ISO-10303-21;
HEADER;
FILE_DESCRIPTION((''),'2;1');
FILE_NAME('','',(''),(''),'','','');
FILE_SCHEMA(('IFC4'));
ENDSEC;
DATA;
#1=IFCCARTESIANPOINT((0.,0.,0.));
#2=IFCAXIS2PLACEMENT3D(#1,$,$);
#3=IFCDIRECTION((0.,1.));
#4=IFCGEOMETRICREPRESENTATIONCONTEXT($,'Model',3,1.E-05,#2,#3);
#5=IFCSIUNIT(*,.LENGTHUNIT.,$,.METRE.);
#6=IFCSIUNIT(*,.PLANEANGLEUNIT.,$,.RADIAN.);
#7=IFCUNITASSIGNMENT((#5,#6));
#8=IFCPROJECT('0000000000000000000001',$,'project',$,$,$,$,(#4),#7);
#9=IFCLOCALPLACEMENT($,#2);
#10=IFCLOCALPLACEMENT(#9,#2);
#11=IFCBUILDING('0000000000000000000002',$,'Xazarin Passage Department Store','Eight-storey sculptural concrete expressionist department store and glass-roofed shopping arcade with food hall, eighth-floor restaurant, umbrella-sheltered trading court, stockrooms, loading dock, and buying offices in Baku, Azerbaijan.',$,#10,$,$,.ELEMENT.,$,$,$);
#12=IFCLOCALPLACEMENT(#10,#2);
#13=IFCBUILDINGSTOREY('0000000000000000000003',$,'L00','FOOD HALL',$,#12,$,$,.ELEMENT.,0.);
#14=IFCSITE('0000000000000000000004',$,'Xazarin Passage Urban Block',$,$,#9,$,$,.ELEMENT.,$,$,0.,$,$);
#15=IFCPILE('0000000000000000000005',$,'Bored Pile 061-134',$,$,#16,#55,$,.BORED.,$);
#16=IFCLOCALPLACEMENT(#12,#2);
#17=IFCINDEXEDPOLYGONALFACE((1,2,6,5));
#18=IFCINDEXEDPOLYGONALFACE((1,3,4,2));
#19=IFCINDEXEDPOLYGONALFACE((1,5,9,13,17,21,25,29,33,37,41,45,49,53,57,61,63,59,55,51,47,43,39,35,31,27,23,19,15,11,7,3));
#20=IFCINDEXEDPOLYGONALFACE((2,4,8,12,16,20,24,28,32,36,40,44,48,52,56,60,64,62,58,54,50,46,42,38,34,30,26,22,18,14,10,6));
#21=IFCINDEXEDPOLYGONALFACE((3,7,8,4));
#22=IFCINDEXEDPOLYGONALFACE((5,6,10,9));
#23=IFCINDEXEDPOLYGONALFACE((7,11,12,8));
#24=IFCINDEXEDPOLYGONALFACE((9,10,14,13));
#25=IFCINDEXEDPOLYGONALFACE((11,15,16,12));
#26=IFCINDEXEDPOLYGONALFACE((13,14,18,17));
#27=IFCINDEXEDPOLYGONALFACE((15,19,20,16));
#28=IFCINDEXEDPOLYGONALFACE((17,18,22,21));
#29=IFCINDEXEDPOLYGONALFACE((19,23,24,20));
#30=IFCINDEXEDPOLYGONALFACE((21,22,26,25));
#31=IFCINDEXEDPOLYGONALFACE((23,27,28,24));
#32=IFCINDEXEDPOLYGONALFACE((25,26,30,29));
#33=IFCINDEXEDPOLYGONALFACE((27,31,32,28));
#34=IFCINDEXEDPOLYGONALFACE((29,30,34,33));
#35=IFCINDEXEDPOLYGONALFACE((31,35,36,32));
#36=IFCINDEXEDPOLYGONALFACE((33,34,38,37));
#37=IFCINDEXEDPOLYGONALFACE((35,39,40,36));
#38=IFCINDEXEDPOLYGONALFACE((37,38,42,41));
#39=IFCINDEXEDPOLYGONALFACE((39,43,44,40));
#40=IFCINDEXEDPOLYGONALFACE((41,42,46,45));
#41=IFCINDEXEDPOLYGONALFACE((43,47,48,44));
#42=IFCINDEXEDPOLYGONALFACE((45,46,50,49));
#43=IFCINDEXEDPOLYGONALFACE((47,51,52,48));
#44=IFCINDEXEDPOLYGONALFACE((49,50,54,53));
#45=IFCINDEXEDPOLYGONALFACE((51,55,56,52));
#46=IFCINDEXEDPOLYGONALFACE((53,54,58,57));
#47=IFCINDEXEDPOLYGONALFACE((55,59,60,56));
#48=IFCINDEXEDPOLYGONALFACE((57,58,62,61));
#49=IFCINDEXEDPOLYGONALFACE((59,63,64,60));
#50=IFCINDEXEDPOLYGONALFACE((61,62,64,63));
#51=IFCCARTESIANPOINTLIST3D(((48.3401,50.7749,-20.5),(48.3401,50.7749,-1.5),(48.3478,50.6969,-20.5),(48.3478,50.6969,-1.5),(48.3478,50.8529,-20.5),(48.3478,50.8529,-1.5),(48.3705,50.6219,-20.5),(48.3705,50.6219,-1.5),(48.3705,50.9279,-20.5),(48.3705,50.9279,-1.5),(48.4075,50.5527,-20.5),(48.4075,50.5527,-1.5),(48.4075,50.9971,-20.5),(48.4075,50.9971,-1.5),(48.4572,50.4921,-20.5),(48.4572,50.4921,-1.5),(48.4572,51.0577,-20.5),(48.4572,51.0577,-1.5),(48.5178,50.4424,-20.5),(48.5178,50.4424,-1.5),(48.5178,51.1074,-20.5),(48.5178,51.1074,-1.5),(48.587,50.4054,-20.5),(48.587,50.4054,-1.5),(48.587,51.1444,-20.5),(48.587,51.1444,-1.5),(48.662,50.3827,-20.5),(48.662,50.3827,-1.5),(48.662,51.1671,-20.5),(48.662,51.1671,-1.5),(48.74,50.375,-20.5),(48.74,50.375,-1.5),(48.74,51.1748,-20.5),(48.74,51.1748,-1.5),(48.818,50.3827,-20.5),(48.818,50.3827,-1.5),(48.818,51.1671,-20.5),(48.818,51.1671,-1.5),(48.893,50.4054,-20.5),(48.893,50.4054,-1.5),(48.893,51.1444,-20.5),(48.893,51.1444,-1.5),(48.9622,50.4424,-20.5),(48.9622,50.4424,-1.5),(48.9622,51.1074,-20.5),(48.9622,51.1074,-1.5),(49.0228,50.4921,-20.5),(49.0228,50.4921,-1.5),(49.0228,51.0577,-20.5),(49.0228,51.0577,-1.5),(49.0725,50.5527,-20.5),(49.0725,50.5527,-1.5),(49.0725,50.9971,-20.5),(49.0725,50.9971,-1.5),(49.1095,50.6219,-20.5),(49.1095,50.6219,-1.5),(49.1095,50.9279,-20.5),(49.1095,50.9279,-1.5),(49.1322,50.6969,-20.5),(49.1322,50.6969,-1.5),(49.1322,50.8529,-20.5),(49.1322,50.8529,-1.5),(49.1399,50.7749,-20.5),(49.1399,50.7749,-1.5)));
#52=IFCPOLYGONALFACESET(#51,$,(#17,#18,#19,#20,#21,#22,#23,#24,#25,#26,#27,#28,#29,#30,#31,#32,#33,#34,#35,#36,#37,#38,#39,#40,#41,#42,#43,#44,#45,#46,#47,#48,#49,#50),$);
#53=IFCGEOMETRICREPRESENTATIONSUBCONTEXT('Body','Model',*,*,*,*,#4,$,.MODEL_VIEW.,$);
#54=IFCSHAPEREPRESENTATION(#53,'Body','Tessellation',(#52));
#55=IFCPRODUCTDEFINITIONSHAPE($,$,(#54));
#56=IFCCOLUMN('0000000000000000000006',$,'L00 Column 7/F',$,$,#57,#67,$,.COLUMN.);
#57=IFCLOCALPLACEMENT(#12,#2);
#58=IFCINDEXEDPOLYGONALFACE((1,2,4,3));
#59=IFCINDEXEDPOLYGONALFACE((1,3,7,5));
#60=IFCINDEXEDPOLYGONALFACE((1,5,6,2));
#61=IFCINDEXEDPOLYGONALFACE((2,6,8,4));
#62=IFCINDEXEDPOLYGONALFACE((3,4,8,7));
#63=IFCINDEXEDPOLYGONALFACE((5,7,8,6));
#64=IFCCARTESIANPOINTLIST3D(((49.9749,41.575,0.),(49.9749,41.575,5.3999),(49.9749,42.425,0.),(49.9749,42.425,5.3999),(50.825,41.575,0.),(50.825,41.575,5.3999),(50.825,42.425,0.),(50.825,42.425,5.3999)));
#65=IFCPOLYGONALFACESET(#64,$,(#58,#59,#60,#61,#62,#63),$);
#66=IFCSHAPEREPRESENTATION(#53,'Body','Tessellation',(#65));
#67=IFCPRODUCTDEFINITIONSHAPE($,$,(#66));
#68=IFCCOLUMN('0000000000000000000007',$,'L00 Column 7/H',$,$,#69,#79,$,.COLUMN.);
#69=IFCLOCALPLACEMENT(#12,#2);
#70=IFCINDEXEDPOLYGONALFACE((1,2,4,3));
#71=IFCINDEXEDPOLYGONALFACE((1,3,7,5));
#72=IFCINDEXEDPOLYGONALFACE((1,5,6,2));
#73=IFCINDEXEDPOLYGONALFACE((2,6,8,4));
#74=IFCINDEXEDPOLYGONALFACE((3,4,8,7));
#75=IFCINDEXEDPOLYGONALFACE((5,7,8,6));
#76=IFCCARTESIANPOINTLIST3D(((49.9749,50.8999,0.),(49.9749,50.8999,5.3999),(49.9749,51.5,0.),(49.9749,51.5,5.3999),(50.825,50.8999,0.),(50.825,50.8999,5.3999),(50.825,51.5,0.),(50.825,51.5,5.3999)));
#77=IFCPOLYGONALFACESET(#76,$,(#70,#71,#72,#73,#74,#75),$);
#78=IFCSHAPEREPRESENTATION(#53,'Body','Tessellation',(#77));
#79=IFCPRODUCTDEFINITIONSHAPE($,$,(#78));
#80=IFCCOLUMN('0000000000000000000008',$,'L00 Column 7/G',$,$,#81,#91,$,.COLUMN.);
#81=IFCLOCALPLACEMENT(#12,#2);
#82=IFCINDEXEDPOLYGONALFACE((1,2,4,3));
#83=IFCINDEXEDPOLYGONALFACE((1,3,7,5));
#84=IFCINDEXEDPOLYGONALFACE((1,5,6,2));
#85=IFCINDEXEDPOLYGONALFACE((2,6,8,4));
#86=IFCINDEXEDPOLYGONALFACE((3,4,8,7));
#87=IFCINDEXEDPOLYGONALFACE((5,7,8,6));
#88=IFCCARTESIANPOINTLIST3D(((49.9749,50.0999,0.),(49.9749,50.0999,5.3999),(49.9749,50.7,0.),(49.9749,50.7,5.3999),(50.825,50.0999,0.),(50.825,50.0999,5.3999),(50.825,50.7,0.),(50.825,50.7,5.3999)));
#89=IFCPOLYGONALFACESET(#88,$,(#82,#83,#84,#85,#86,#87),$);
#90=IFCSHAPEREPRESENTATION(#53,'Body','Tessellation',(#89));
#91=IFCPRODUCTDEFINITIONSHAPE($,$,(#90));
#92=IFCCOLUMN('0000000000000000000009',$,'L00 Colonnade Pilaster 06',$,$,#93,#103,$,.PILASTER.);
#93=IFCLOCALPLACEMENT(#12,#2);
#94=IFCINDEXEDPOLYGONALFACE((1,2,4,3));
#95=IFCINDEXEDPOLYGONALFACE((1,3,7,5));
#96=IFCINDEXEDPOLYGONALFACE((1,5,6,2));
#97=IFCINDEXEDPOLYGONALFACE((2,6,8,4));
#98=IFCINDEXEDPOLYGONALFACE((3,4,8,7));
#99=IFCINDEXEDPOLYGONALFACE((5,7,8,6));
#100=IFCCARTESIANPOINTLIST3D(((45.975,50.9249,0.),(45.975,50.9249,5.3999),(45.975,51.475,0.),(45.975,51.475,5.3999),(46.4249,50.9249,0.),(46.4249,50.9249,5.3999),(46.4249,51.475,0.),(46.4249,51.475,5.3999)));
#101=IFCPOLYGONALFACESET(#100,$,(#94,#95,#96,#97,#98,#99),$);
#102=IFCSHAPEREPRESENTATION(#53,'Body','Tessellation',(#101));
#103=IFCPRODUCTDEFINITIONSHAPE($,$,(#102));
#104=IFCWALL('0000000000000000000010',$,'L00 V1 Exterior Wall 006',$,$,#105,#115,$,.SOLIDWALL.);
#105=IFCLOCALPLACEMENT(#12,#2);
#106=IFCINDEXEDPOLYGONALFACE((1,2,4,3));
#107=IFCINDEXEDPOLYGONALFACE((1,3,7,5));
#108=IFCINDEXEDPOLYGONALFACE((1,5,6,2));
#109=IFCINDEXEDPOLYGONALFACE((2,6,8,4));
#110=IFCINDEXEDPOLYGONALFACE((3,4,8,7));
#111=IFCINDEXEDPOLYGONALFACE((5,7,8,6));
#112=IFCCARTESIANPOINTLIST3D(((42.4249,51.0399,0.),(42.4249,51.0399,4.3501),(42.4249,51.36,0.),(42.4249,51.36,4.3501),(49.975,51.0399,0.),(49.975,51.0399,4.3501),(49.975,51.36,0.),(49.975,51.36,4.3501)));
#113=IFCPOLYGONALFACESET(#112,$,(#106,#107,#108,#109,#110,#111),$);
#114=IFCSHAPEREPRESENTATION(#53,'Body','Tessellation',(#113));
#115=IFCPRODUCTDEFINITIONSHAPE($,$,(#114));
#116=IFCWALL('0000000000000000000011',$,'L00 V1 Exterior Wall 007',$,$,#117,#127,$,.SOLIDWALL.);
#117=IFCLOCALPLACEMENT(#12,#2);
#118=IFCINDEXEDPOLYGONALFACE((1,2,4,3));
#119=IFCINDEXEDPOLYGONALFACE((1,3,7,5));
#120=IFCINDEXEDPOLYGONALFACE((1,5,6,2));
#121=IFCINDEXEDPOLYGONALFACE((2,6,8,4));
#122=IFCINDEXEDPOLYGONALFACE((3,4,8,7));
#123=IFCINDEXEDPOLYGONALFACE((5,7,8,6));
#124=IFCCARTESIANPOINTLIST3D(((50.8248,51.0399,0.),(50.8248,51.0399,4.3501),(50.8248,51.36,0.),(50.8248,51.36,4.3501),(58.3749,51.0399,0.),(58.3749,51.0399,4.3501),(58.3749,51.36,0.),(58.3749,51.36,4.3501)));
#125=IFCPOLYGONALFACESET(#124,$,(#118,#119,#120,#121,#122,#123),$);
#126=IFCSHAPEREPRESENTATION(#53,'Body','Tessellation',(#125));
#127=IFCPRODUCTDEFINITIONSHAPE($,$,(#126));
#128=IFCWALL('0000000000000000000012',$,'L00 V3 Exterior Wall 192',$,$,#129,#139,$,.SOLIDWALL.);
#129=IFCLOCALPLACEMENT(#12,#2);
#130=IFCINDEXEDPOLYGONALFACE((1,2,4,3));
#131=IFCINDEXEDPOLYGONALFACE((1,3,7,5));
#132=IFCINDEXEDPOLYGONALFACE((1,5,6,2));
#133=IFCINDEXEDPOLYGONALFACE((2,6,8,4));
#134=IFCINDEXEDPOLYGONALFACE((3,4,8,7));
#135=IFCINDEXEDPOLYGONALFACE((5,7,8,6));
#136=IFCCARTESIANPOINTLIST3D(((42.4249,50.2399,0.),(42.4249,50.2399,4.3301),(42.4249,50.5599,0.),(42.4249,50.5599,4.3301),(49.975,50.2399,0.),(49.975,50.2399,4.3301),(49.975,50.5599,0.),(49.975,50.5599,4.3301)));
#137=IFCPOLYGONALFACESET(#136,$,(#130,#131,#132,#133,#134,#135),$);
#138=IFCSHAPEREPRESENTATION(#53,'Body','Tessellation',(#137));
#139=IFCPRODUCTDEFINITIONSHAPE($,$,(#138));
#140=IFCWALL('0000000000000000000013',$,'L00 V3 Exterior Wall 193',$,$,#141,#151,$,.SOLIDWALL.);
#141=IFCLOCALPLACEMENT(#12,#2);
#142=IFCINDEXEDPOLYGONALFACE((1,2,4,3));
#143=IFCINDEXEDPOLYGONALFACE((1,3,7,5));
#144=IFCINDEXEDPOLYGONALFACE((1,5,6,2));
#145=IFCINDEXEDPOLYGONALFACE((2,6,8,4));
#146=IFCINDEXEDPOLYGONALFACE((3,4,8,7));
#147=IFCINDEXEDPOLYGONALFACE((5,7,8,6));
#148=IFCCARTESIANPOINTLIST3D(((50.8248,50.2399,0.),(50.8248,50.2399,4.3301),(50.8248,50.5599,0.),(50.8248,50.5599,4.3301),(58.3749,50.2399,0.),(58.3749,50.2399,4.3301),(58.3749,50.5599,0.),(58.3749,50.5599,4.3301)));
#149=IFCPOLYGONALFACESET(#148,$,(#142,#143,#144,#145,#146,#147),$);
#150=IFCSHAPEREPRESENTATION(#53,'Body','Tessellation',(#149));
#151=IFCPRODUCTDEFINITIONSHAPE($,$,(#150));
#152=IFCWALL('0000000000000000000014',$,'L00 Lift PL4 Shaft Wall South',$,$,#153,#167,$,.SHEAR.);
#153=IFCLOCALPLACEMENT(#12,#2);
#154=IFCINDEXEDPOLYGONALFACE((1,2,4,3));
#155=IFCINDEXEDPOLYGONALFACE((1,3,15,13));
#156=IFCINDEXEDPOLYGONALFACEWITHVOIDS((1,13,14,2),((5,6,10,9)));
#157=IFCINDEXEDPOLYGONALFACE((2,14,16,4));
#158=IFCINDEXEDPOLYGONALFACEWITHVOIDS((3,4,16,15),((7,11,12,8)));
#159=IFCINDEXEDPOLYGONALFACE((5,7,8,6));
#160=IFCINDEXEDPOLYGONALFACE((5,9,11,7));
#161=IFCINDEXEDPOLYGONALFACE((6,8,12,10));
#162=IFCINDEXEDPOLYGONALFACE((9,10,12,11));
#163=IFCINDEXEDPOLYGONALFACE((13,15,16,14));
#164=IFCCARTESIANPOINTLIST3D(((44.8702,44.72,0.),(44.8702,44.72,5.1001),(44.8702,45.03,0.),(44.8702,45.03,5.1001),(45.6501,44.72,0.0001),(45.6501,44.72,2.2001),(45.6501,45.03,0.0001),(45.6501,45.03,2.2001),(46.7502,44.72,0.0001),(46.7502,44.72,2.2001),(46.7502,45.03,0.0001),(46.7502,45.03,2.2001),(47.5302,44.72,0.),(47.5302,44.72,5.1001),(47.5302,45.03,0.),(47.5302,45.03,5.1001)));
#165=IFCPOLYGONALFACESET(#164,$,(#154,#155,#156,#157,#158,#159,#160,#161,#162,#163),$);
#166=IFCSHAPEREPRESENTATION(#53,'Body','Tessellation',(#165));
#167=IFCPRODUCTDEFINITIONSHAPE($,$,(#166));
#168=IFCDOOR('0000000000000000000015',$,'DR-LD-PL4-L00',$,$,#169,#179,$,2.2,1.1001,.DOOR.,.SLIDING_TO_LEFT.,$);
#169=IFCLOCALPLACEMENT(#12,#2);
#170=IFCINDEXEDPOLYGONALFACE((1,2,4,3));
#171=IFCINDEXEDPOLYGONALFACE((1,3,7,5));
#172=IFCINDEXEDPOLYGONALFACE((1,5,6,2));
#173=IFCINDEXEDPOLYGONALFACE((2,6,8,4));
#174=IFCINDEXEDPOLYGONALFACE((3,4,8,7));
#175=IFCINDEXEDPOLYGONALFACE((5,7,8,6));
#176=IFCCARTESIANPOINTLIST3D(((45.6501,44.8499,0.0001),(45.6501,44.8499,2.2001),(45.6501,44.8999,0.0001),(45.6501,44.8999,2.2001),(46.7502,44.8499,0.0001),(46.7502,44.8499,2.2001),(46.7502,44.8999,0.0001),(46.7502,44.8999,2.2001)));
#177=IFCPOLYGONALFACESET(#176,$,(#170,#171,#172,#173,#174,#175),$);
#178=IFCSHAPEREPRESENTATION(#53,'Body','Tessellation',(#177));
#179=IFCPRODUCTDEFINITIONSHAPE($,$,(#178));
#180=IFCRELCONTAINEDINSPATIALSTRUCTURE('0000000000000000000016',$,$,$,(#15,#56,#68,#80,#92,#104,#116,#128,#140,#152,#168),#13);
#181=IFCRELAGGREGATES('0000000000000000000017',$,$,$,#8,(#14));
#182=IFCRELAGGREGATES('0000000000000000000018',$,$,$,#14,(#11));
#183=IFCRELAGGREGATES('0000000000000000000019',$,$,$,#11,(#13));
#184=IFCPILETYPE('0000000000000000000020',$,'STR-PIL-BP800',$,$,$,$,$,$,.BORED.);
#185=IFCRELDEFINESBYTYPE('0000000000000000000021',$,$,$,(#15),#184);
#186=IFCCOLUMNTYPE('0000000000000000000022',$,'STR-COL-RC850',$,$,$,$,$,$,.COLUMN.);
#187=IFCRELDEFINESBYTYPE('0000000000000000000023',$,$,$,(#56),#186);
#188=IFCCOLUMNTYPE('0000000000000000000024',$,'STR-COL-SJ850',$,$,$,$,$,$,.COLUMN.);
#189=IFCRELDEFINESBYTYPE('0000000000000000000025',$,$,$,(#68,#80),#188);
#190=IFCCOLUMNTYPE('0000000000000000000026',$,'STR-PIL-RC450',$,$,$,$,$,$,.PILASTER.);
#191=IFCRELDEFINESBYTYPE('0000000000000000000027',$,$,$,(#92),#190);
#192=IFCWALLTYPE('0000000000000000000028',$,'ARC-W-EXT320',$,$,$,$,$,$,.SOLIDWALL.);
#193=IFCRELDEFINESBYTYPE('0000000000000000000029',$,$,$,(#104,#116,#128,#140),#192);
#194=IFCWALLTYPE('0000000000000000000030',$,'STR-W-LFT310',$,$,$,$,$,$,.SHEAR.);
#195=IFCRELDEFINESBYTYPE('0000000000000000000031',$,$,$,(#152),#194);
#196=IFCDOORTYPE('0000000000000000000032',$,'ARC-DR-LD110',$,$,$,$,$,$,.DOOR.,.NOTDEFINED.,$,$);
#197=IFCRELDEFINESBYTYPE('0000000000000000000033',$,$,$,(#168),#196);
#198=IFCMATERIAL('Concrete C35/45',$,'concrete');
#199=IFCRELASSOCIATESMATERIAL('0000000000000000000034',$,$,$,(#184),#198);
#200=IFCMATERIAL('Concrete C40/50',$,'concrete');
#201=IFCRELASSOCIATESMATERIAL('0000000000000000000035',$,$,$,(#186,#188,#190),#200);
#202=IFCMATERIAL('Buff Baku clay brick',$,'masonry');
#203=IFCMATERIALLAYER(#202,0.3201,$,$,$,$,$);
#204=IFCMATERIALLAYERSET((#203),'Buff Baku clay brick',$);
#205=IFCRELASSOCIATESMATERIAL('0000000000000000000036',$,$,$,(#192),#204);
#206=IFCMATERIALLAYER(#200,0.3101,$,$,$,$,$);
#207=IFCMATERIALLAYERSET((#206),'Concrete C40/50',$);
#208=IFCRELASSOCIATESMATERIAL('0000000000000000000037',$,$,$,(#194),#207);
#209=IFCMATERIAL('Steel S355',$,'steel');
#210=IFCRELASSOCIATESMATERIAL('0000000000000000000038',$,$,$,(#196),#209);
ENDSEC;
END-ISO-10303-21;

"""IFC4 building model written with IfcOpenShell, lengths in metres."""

from ifc_helpers import new_model, si_unit, direction, frame, frame_2d, origin, origin_2d, place, context, subcontext, project, spatial, rectangle, circle, extrude, material, layer, layer_set, material_profile, profile_set, type_object, element, fill, save


model = new_model("IFC4")

# Units and contexts
model_context = context("Model", 3, precision=1e-05, world=origin(), true_north=direction((0.0, 1.0)))
body_context = subcontext(model_context, "Body", "Model", "MODEL_VIEW")
ifc_project = project(units=[si_unit("LENGTHUNIT", "METRE"), si_unit("PLANEANGLEUNIT", "RADIAN")], contexts=[model_context])

# Site, building, storey
site_placement = place(None, origin())
site = spatial("IfcSite", under=ifc_project, at=site_placement, Name="Xazarin Passage Urban Block", CompositionType="ELEMENT", RefElevation=0.0)
building_placement = place(site_placement, origin())
building = spatial("IfcBuilding", under=site, at=building_placement, Name="Xazarin Passage Department Store", Description="Eight-storey sculptural concrete expressionist department store and glass-roofed shopping arcade with food hall, eighth-floor restaurant, umbrella-sheltered trading court, stockrooms, loading dock, and buying offices in Baku, Azerbaijan.", CompositionType="ELEMENT")
storey_placement = place(building_placement, origin())
storey = spatial("IfcBuildingStorey", under=building, at=storey_placement, Name="L00", Description="FOOD HALL", CompositionType="ELEMENT", Elevation=0.0)

# Pile
ifc_material_1 = material(Name="Concrete C35/45", Category="concrete")
ifc_material_profile_1 = material_profile(ifc_material_1, circle(Radius=0.3999, at=origin_2d()), Name="BP 800")
ifc_profile_set_1 = profile_set([ifc_material_profile_1], Name="Concrete C35/45")
pile_type_1 = type_object("IfcPileType", Name="STR-PIL-BP800", PredefinedType="BORED", material=ifc_profile_set_1)
for number, where, z_axis, x_axis, name in (
    (1, (48.74, 50.7749, -1.5), (0.0, 0.0, -1.0), (1.0, 0.0, 0.0), "Bored Pile 061-134"),
):
    element("IfcPile", number, at=place(storey_placement, frame(where, z_axis=z_axis, x_axis=x_axis)), inside=storey, type_object=pile_type_1, Name=name, PredefinedType="BORED", context=body_context, shape_type="SweptSolid", body=[
        extrude(circle(Radius=0.3999, at=origin_2d()), origin(), (0.0, 0.0, 1.0), 19.0),
    ])

# Columns
ifc_material_2 = material(Name="Concrete C40/50", Category="concrete")
ifc_material_profile_2 = material_profile(ifc_material_2, rectangle(XDim=0.8501, YDim=0.8501, at=origin_2d()), Name="RC 850x850")
ifc_profile_set_2 = profile_set([ifc_material_profile_2], Name="Concrete C40/50")
column_type_1 = type_object("IfcColumnType", Name="STR-COL-RC850", PredefinedType="COLUMN", material=ifc_profile_set_2)
column_1_placement = place(storey_placement, frame((50.3999, 42.0, 0.0), z_axis=(0.0, 0.0, 1.0), x_axis=(1.0, 0.0, 0.0)))
element("IfcColumn", 2, at=column_1_placement, inside=storey, type_object=column_type_1, Name="L00 Column 7/F", PredefinedType="COLUMN", context=body_context, shape_type="SweptSolid", body=[
    extrude(rectangle(XDim=0.8501, YDim=0.8501, at=origin_2d()), origin(), (0.0, 0.0, 1.0), 5.3999),
])
ifc_material_profile_3 = material_profile(ifc_material_2, rectangle(XDim=0.6001, YDim=0.8501, at=origin_2d()), Name="RC 600x850")
ifc_profile_set_3 = profile_set([ifc_material_profile_3], Name="Concrete C40/50")
column_type_2 = type_object("IfcColumnType", Name="STR-COL-SJ850", PredefinedType="COLUMN", material=ifc_profile_set_3)
for number, where, z_axis, x_axis, name in (
    (3, (50.3999, 51.2, 0.0), (0.0, 0.0, 1.0), (0.0, 1.0, 0.0), "L00 Column 7/H"),
    (4, (50.3999, 50.3999, 0.0), (0.0, 0.0, 1.0), (0.0, 1.0, 0.0), "L00 Column 7/G"),
):
    element("IfcColumn", number, at=place(storey_placement, frame(where, z_axis=z_axis, x_axis=x_axis)), inside=storey, type_object=column_type_2, Name=name, PredefinedType="COLUMN", context=body_context, shape_type="SweptSolid", body=[
        extrude(rectangle(XDim=0.6001, YDim=0.8501, at=origin_2d()), origin(), (0.0, 0.0, 1.0), 5.3999),
    ])
ifc_material_profile_4 = material_profile(ifc_material_2, rectangle(XDim=0.45, YDim=0.55, at=origin_2d()), Name="RC 450x550")
ifc_profile_set_4 = profile_set([ifc_material_profile_4], Name="Concrete C40/50")
column_type_3 = type_object("IfcColumnType", Name="STR-PIL-RC450", PredefinedType="PILASTER", material=ifc_profile_set_4)
column_2_placement = place(storey_placement, frame((46.2, 51.2, 0.0), z_axis=(0.0, 0.0, 1.0), x_axis=(1.0, 0.0, 0.0)))
element("IfcColumn", 5, at=column_2_placement, inside=storey, type_object=column_type_3, Name="L00 Colonnade Pilaster 06", PredefinedType="PILASTER", context=body_context, shape_type="SweptSolid", body=[
    extrude(rectangle(XDim=0.45, YDim=0.55, at=origin_2d()), origin(), (0.0, 0.0, 1.0), 5.3999),
])

# Walls
ifc_material_3 = material(Name="Buff Baku clay brick", Category="masonry")
ifc_layer_1 = layer(ifc_material_3, 0.3201)
ifc_layer_set_1 = layer_set([ifc_layer_1], Name="Buff Baku clay brick")
wall_type_1 = type_object("IfcWallType", Name="ARC-W-EXT320", PredefinedType="SOLIDWALL", material=ifc_layer_set_1)
for number, where, z_axis, x_axis, name in (
    (6, (42.425, 51.2, 0.0), (0.0, 0.0, 1.0), (1.0, 0.0, 0.0), "L00 V1 Exterior Wall 006"),
    (7, (50.825, 51.2, 0.0), (0.0, 0.0, 1.0), (1.0, 0.0, 0.0), "L00 V1 Exterior Wall 007"),
):
    element("IfcWall", number, at=place(storey_placement, frame(where, z_axis=z_axis, x_axis=x_axis)), inside=storey, type_object=wall_type_1, Name=name, PredefinedType="SOLIDWALL", context=body_context, shape_type="SweptSolid", body=[
        extrude(rectangle(XDim=7.55, YDim=0.3201, at=frame_2d((3.7749, 0.0))), origin(), (0.0, 0.0, 1.0), 4.3501),
    ])
for number, where, z_axis, x_axis, name in (
    (8, (42.425, 50.3999, 0.0), (0.0, 0.0, 1.0), (1.0, 0.0, 0.0), "L00 V3 Exterior Wall 192"),
    (9, (50.825, 50.3999, 0.0), (0.0, 0.0, 1.0), (1.0, 0.0, 0.0), "L00 V3 Exterior Wall 193"),
):
    element("IfcWall", number, at=place(storey_placement, frame(where, z_axis=z_axis, x_axis=x_axis)), inside=storey, type_object=wall_type_1, Name=name, PredefinedType="SOLIDWALL", context=body_context, shape_type="SweptSolid", body=[
        extrude(rectangle(XDim=7.55, YDim=0.3201, at=frame_2d((3.7749, 0.0))), origin(), (0.0, 0.0, 1.0), 4.3301),
    ])

# Wall, opening, door
ifc_layer_2 = layer(ifc_material_2, 0.3101)
ifc_layer_set_2 = layer_set([ifc_layer_2], Name="Concrete C40/50")
wall_type_2 = type_object("IfcWallType", Name="STR-W-LFT310", PredefinedType="SHEAR", material=ifc_layer_set_2)
wall_1_placement = place(storey_placement, frame((44.8701, 44.875, 0.0), z_axis=(0.0, 0.0, 1.0), x_axis=(1.0, 0.0, 0.0)))
wall_1 = element("IfcWall", 10, at=wall_1_placement, inside=storey, type_object=wall_type_2, Name="L00 Lift PL4 Shaft Wall South", PredefinedType="SHEAR", context=body_context, shape_type="SweptSolid", body=[
    extrude(rectangle(XDim=2.6599, YDim=0.3101, at=frame_2d((1.3301, 0.0))), origin(), (0.0, 0.0, 1.0), 5.1001),
])
opening_placement = place(wall_1_placement, frame((0.78, 0.0, 0.0)))
opening = element("IfcOpeningElement", 11, at=opening_placement, cuts=wall_1, PredefinedType="OPENING", context=body_context, shape_type="SweptSolid", body=[
    extrude(rectangle(XDim=1.1001, YDim=2.2, at=frame_2d((0.55, 1.1001))), frame((0.0, 0.165, 0.0), z_axis=(0.0, -1.0, 0.0), x_axis=(1.0, 0.0, 0.0)), (0.0, 0.0, 1.0), 0.3301),
])
ifc_material_4 = material(Name="Steel S355", Category="steel")
door_type = type_object("IfcDoorType", Name="ARC-DR-LD110", OperationType="NOTDEFINED", PredefinedType="DOOR", material=ifc_material_4)
door_placement = place(opening_placement, origin())
door = element("IfcDoor", 12, at=door_placement, inside=storey, type_object=door_type, Name="DR-LD-PL4-L00", OperationType="SLIDING_TO_LEFT", OverallHeight=2.2, OverallWidth=1.1001, PredefinedType="DOOR", context=body_context, shape_type="SweptSolid", body=[
    extrude(rectangle(XDim=1.1001, YDim=2.2, at=frame_2d((0.55, 1.1001))), frame((0.0, 0.0249, 0.0), z_axis=(0.0, -1.0, 0.0), x_axis=(1.0, 0.0, 0.0)), (0.0, 0.0, 1.0), 0.05),
])
fill(opening, door)

save(model, "model.ifc")
